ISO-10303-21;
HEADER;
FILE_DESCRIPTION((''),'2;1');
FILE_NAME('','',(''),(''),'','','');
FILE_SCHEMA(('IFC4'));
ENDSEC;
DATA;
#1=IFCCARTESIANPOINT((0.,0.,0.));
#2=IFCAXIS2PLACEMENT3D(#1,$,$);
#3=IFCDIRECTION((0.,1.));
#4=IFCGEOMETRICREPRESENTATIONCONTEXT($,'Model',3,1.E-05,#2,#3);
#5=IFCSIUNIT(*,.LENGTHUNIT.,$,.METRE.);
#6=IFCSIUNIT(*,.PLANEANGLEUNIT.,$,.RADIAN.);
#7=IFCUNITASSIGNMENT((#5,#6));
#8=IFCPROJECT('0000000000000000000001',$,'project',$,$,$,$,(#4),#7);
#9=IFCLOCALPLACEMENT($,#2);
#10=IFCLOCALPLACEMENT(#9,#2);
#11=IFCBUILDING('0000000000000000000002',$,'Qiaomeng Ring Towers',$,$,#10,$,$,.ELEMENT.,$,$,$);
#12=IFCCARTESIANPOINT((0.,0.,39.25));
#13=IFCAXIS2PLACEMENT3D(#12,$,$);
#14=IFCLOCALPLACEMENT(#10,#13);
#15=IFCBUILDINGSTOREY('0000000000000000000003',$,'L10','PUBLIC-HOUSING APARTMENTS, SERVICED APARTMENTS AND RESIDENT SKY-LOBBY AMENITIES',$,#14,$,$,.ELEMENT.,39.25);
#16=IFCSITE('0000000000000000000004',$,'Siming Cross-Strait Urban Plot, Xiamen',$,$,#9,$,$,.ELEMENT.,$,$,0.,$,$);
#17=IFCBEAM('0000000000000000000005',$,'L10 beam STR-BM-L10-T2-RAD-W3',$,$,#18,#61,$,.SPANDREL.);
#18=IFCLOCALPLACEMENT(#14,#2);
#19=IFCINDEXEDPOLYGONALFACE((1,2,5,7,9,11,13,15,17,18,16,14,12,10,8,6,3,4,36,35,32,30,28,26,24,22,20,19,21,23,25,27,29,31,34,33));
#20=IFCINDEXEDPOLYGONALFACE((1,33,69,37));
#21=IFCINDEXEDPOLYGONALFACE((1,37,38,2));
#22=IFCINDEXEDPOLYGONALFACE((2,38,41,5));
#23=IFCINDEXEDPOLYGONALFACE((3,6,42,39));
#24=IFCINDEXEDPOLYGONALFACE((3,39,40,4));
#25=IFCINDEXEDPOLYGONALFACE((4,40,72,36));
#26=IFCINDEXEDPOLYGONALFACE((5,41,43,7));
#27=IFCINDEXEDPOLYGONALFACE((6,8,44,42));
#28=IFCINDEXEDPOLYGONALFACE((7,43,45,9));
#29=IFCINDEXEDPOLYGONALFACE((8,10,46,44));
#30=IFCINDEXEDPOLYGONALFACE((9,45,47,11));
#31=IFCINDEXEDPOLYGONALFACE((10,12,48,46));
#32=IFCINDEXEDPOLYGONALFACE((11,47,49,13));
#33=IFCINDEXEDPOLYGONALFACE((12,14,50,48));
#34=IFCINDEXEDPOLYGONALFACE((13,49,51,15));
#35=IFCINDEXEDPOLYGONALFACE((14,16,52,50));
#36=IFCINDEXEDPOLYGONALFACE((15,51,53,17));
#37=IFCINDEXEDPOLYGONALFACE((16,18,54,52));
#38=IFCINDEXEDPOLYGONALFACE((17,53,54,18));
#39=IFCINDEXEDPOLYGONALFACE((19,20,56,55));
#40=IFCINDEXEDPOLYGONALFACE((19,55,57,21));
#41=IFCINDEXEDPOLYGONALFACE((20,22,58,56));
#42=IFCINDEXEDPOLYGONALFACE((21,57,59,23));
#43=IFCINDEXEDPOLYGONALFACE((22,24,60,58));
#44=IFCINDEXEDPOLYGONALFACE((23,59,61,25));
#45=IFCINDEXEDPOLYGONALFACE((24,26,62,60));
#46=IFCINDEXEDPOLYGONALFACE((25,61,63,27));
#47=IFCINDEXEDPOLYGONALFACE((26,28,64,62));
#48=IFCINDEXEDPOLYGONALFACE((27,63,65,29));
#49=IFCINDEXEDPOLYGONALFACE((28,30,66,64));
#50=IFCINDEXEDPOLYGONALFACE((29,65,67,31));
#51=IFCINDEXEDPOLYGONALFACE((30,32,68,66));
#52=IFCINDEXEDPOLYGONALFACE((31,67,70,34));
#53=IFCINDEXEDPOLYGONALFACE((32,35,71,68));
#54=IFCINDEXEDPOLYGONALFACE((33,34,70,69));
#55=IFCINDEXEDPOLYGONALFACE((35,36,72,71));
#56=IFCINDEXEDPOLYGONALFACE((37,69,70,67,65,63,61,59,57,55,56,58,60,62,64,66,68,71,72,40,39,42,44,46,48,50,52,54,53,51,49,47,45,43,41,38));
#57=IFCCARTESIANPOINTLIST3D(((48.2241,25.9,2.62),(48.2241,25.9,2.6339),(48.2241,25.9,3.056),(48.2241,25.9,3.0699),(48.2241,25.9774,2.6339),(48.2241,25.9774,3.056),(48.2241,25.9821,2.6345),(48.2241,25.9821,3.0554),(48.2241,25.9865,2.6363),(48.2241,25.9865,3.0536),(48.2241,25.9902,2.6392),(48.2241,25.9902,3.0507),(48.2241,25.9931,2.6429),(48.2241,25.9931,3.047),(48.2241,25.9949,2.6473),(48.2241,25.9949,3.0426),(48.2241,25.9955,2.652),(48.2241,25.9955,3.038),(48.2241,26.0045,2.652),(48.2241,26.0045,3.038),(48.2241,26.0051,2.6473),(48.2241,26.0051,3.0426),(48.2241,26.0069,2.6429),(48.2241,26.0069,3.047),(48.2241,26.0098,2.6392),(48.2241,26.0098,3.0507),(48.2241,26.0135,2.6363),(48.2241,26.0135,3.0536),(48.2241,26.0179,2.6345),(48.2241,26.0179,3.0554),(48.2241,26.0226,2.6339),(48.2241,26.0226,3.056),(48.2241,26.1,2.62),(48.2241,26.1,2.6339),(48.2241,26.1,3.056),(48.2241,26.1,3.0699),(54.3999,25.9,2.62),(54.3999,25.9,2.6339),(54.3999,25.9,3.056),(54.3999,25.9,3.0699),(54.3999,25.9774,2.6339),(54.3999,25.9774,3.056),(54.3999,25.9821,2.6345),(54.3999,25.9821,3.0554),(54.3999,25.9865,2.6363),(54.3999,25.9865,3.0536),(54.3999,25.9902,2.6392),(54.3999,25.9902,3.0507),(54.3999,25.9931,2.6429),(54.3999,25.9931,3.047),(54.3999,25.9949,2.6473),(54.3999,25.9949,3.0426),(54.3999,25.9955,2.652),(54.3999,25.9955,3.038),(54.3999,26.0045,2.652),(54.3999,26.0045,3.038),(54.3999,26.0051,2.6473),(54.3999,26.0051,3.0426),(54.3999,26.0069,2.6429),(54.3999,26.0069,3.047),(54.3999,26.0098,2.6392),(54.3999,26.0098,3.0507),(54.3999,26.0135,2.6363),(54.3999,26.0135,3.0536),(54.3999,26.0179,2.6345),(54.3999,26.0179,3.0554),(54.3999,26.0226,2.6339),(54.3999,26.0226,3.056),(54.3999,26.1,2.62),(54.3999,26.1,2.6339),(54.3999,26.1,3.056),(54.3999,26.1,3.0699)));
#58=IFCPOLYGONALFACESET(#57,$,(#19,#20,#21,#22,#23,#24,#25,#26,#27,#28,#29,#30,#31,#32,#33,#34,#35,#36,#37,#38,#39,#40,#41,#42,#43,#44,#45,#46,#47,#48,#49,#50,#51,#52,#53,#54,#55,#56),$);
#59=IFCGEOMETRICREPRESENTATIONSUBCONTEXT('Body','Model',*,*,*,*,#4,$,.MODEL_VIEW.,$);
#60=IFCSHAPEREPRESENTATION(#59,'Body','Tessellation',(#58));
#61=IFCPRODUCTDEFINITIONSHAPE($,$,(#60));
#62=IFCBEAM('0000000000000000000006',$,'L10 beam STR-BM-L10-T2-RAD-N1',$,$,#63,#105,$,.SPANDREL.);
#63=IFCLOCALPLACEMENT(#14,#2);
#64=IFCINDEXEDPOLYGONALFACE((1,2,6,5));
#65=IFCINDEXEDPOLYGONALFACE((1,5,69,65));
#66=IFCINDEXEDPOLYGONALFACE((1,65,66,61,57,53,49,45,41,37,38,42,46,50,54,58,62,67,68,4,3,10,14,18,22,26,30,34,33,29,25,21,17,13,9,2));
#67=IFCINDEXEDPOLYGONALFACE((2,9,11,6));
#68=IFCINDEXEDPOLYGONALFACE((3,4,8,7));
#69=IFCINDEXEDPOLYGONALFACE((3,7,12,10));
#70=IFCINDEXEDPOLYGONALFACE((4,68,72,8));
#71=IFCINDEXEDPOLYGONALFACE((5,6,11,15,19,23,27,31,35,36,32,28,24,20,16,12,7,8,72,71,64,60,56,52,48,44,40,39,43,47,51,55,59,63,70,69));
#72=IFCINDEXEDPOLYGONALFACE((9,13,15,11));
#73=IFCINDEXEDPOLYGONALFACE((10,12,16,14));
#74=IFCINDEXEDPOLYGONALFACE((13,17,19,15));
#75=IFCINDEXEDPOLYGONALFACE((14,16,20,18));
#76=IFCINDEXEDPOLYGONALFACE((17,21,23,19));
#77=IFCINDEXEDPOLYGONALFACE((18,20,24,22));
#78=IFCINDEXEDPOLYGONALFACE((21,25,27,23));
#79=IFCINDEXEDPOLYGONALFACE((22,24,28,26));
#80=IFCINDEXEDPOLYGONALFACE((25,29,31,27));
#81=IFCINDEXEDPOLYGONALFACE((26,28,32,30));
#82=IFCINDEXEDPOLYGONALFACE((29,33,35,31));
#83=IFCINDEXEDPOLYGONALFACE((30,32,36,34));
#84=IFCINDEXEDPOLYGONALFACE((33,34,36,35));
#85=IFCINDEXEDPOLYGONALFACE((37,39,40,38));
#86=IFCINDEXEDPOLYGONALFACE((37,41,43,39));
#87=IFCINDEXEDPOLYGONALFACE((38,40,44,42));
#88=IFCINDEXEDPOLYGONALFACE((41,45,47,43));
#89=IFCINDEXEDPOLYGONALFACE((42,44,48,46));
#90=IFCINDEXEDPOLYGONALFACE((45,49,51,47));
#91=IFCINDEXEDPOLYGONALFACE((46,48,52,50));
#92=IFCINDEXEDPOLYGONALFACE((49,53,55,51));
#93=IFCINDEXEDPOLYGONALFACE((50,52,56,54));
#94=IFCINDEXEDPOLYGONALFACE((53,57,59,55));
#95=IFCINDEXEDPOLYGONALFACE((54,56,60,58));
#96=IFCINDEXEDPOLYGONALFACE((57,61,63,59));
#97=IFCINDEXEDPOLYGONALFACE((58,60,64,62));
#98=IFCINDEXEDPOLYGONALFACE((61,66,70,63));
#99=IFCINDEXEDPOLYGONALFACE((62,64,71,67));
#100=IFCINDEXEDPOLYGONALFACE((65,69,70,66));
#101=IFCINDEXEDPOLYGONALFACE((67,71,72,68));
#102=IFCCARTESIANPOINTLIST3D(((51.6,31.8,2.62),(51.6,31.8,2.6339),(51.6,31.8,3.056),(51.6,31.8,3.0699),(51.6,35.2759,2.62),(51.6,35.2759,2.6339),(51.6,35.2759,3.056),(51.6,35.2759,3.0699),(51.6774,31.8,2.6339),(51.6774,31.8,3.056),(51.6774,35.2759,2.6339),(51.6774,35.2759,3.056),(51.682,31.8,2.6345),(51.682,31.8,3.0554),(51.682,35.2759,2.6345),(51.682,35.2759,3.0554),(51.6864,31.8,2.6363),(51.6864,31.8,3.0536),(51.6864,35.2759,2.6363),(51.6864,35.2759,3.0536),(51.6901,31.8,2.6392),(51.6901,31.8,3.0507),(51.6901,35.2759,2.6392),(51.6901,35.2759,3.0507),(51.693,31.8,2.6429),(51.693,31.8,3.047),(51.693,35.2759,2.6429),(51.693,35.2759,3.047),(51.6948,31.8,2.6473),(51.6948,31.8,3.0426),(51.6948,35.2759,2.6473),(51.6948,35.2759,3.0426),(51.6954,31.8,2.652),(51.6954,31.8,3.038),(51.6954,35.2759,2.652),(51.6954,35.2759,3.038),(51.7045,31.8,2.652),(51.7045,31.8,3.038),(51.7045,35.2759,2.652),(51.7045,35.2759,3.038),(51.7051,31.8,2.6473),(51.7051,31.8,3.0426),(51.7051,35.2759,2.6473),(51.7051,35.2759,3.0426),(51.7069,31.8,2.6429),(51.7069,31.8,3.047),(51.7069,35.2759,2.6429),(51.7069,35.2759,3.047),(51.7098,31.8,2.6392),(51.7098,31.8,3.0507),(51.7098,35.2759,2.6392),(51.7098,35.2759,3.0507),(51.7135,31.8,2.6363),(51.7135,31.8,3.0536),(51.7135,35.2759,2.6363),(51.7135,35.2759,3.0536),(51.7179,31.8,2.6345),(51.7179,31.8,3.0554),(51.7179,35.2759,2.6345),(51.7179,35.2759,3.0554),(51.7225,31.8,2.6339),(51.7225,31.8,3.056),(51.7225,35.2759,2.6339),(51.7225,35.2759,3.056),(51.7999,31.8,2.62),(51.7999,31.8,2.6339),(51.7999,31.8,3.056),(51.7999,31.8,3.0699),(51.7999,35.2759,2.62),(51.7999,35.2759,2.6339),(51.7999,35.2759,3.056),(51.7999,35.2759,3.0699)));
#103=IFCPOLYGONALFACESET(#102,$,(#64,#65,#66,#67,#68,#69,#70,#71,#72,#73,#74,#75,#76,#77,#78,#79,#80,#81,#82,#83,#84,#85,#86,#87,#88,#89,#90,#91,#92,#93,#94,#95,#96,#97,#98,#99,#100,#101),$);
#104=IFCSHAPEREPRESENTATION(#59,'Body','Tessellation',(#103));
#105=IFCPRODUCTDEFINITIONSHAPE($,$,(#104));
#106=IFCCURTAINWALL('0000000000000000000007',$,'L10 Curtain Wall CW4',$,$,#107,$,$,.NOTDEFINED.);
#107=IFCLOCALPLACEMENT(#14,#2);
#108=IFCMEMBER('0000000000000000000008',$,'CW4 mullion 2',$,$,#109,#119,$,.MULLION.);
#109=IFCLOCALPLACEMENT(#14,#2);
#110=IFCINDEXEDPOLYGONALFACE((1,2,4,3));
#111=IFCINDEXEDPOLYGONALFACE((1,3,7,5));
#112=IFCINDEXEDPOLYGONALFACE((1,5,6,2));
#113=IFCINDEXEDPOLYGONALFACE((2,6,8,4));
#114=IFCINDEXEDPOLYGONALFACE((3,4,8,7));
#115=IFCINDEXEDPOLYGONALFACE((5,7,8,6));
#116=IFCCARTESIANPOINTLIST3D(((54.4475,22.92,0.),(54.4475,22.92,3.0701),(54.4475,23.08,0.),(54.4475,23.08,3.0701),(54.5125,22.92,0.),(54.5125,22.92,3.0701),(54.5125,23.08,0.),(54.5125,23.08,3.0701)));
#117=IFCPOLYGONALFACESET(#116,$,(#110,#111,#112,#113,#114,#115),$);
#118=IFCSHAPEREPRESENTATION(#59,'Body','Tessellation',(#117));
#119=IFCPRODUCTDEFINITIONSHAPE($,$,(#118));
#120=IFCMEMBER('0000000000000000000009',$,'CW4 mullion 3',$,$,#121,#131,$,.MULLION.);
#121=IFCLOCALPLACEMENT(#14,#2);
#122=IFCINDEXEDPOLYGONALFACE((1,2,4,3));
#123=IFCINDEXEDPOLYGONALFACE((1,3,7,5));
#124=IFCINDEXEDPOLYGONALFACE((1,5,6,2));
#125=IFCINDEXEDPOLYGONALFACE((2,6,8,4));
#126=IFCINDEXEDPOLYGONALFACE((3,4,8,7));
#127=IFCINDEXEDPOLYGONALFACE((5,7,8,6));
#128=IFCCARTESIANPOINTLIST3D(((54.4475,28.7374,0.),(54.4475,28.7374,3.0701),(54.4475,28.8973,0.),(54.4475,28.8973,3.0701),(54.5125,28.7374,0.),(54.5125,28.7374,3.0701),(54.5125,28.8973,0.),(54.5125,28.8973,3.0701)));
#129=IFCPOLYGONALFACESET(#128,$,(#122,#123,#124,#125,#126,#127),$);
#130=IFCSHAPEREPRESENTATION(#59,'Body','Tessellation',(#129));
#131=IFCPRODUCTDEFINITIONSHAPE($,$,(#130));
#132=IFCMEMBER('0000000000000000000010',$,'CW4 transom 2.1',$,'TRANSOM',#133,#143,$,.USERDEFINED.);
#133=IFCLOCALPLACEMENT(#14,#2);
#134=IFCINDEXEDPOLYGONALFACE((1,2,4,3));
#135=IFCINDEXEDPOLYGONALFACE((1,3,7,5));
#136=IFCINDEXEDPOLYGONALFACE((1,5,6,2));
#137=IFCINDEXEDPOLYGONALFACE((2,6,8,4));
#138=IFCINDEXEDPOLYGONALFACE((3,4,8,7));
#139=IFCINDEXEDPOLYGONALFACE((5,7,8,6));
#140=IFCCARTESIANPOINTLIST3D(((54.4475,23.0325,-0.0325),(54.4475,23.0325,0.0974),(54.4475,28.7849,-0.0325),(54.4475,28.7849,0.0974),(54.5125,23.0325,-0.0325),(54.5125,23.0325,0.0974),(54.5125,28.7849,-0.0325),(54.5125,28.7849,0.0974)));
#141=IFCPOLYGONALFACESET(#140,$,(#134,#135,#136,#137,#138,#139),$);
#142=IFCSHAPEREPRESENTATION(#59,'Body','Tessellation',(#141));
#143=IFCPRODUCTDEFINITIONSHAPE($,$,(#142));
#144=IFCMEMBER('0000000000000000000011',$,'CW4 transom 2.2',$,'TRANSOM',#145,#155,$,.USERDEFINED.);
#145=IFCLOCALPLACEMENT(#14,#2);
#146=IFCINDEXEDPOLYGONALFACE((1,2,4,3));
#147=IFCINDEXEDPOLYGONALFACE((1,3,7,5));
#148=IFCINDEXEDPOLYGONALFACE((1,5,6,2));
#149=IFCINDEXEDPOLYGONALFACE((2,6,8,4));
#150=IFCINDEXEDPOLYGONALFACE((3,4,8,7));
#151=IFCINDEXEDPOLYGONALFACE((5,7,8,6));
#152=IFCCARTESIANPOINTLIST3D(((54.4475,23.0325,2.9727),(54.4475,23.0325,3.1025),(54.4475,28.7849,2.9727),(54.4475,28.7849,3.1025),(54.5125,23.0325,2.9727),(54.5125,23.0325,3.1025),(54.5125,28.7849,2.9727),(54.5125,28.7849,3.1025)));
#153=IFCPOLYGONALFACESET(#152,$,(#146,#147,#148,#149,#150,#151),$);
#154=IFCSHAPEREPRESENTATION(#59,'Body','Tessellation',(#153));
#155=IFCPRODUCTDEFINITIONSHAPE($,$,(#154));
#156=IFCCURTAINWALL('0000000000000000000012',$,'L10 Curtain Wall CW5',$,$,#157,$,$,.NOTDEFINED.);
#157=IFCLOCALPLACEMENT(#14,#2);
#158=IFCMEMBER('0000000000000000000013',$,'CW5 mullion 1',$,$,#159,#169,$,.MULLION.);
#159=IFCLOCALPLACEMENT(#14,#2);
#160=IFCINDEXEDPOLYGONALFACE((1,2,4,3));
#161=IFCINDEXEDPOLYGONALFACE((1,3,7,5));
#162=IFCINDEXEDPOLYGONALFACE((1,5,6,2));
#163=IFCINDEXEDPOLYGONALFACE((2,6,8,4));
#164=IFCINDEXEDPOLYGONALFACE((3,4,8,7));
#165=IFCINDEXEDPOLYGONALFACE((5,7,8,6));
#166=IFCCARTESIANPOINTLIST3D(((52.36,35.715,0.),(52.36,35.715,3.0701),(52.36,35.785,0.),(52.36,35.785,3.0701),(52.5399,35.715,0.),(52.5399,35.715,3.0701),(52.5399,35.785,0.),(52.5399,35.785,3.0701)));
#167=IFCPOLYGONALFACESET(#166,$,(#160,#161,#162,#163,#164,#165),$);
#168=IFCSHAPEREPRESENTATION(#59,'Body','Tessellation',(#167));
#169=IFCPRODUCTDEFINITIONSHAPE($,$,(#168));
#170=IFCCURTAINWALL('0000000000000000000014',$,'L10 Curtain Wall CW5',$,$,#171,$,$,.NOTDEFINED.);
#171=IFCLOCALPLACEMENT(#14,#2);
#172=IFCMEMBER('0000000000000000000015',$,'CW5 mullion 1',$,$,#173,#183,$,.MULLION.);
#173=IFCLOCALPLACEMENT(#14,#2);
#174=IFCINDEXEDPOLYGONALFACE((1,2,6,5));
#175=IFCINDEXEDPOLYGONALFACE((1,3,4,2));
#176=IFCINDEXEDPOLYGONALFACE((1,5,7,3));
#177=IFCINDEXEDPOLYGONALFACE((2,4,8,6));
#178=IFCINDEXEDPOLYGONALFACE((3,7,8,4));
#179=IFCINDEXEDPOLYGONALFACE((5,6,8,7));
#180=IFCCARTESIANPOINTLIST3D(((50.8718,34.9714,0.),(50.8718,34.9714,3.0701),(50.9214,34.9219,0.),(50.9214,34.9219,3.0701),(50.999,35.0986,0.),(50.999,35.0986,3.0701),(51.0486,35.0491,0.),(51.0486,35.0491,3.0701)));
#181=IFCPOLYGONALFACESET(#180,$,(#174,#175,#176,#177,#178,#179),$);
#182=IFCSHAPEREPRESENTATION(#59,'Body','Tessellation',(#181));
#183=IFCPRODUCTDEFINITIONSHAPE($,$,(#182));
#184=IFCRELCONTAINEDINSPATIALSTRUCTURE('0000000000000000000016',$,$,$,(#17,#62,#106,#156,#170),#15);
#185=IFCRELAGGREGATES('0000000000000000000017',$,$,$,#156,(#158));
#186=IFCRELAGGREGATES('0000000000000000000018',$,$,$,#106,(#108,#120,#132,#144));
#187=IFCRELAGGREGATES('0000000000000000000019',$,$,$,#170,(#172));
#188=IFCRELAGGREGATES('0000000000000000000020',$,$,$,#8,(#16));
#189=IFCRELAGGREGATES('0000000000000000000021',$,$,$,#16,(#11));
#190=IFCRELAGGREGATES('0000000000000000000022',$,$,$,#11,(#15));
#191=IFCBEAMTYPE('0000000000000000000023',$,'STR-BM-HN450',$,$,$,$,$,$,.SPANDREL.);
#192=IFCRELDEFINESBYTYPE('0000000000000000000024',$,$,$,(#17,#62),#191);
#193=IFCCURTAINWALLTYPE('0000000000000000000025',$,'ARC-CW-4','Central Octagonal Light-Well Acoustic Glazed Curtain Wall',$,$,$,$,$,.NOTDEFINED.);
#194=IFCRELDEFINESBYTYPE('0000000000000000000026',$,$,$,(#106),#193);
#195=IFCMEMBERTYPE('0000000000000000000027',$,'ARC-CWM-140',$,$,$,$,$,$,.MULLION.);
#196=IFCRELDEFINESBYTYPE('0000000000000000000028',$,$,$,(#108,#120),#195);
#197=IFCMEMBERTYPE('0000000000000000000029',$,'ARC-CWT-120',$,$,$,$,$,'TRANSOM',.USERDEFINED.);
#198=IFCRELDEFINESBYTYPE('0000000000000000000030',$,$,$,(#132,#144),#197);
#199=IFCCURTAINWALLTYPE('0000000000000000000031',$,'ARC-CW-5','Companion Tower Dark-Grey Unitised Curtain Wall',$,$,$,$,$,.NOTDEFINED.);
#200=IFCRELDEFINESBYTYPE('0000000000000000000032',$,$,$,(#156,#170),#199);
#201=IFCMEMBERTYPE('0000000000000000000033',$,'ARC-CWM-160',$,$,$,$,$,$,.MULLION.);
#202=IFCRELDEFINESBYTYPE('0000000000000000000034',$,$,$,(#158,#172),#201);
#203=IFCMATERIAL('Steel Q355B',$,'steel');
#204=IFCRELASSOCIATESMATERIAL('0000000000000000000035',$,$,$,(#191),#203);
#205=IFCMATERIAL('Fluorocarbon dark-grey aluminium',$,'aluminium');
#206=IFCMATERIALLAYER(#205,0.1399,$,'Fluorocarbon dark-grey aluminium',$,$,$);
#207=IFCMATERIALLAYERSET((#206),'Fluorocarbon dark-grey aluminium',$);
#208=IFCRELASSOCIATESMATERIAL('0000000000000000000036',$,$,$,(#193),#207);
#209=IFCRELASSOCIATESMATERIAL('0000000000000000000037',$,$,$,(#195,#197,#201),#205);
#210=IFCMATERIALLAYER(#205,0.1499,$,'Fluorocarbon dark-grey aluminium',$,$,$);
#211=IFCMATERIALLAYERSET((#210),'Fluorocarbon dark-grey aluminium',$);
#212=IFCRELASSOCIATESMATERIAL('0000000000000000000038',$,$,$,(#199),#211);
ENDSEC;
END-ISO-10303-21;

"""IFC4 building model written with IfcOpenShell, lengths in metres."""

from ifc_helpers import new_model, si_unit, direction, frame, origin, origin_2d, place, context, subcontext, project, spatial, rectangle, i_section, extrude, source, transform, mapped, material, layer, layer_set, material_profile, profile_set, type_object, element, aggregate, save


model = new_model("IFC4")

# Units and contexts
model_context = context("Model", 3, precision=1e-05, world=origin(), true_north=direction((0.0, 1.0)))
body_context = subcontext(model_context, "Body", "Model", "MODEL_VIEW")
ifc_project = project(units=[si_unit("LENGTHUNIT", "METRE"), si_unit("PLANEANGLEUNIT", "RADIAN")], contexts=[model_context])

# Site, building, storey
site_placement = place(None, origin())
site = spatial("IfcSite", under=ifc_project, at=site_placement, Name="Siming Cross-Strait Urban Plot, Xiamen", CompositionType="ELEMENT", RefElevation=0.0)
building_placement = place(site_placement, origin())
building = spatial("IfcBuilding", under=site, at=building_placement, Name="Qiaomeng Ring Towers", CompositionType="ELEMENT")
storey_placement = place(building_placement, frame((0.0, 0.0, 39.25)))
storey = spatial("IfcBuildingStorey", under=building, at=storey_placement, Name="L10", Description="PUBLIC-HOUSING APARTMENTS, SERVICED APARTMENTS AND RESIDENT SKY-LOBBY AMENITIES", CompositionType="ELEMENT", Elevation=39.25)

# Beams
ifc_material_1 = material(Name="Steel Q355B", Category="steel")
ifc_material_profile_1 = material_profile(ifc_material_1, i_section(OverallWidth=0.2, OverallDepth=0.45, WebThickness=0.009, FlangeThickness=0.0139, FilletRadius=0.0181, at=origin_2d()), Name="HN 450x200x9x14")
ifc_profile_set_1 = profile_set([ifc_material_profile_1], Name="Steel Q355B")
beam_type_1 = type_object("IfcBeamType", Name="STR-BM-HN450", PredefinedType="SPANDREL", material=ifc_profile_set_1)
shared_shape_1 = source(origin(), body_context, "Body", "SweptSolid", [
    extrude(i_section(OverallWidth=0.2, OverallDepth=0.45, WebThickness=0.009, FlangeThickness=0.0139, FilletRadius=0.0181, at=origin_2d()), origin(), (0.0, 0.0, 1.0), 6.1758),
])
beam_1_placement = place(storey_placement, frame((48.2241, 26.0, 2.845), z_axis=(1.0, 0.0, 0.0), x_axis=(0.0, 1.0, 0.0)))
element("IfcBeam", 1, at=beam_1_placement, inside=storey, type_object=beam_type_1, Name="L10 beam STR-BM-L10-T2-RAD-W3", PredefinedType="SPANDREL", context=body_context, shape_type="MappedRepresentation", body=[
    mapped(shared_shape_1, transform((0.0, 0.0, 0.0), x_axis=(1.0, 0.0, 0.0), y_axis=(0.0, 1.0, 0.0), z_axis=(0.0, 0.0, 1.0), scale=1.0)),
])
shared_shape_2 = source(origin(), body_context, "Body", "SweptSolid", [
    extrude(i_section(OverallWidth=0.2, OverallDepth=0.45, WebThickness=0.009, FlangeThickness=0.0139, FilletRadius=0.0181, at=origin_2d()), origin(), (0.0, 0.0, 1.0), 3.4758),
])
beam_2_placement = place(storey_placement, frame((51.7, 35.2759, 2.845), z_axis=(0.0, -1.0, 0.0), x_axis=(1.0, 0.0, 0.0)))
element("IfcBeam", 2, at=beam_2_placement, inside=storey, type_object=beam_type_1, Name="L10 beam STR-BM-L10-T2-RAD-N1", PredefinedType="SPANDREL", context=body_context, shape_type="MappedRepresentation", body=[
    mapped(shared_shape_2, transform((0.0, 0.0, 0.0), x_axis=(1.0, 0.0, 0.0), y_axis=(0.0, 1.0, 0.0), z_axis=(0.0, 0.0, 1.0), scale=1.0)),
])

# Curtain wall, members
ifc_material_2 = material(Name="Fluorocarbon dark-grey aluminium", Category="aluminium")
ifc_layer_1 = layer(ifc_material_2, 0.1399, Name="Fluorocarbon dark-grey aluminium")
ifc_layer_set_1 = layer_set([ifc_layer_1], Name="Fluorocarbon dark-grey aluminium")
curtain_wall_type_1 = type_object("IfcCurtainWallType", Name="ARC-CW-4", Description="Central Octagonal Light-Well Acoustic Glazed Curtain Wall", PredefinedType="NOTDEFINED", material=ifc_layer_set_1)
curtain_wall_1_placement = place(storey_placement, origin())
curtain_wall_1 = element("IfcCurtainWall", 3, at=curtain_wall_1_placement, inside=storey, type_object=curtain_wall_type_1, Name="L10 Curtain Wall CW4", PredefinedType="NOTDEFINED")
ifc_material_profile_2 = material_profile(ifc_material_2, rectangle(XDim=0.0649, YDim=0.1599, at=origin_2d()), Name="ALU MULL 65x160")
ifc_profile_set_2 = profile_set([ifc_material_profile_2], Name="Fluorocarbon dark-grey aluminium")
member_type_1 = type_object("IfcMemberType", Name="ARC-CWM-140", PredefinedType="MULLION", material=ifc_profile_set_2)
shared_shape_3 = source(origin(), body_context, "Body", "SweptSolid", [
    extrude(rectangle(XDim=0.0649, YDim=0.1599, at=origin_2d()), origin(), (0.0, 0.0, 1.0), 3.0701),
])
member_1_placement = place(storey_placement, frame((54.48, 23.0, 0.0), z_axis=(0.0, 0.0, 1.0), x_axis=(-1.0, 0.0, 0.0)))
member_1 = element("IfcMember", 4, at=member_1_placement, type_object=member_type_1, Name="CW4 mullion 2", PredefinedType="MULLION", context=body_context, shape_type="MappedRepresentation", body=[
    mapped(shared_shape_3, transform((0.0, 0.0, 0.0), x_axis=(1.0, 0.0, 0.0), y_axis=(0.0, 1.0, 0.0), z_axis=(0.0, 0.0, 1.0), scale=1.0)),
])
member_2_placement = place(storey_placement, frame((54.48, 28.8174, 0.0), z_axis=(0.0, 0.0, 1.0), x_axis=(-1.0, 0.0, 0.0)))
member_2 = element("IfcMember", 5, at=member_2_placement, type_object=member_type_1, Name="CW4 mullion 3", PredefinedType="MULLION", context=body_context, shape_type="MappedRepresentation", body=[
    mapped(shared_shape_3, transform((0.0, 0.0, 0.0), x_axis=(1.0, 0.0, 0.0), y_axis=(0.0, 1.0, 0.0), z_axis=(0.0, 0.0, 1.0), scale=1.0)),
])
ifc_material_profile_3 = material_profile(ifc_material_2, rectangle(XDim=0.0649, YDim=0.1299, at=origin_2d()), Name="ALU TRAN 65x130")
ifc_profile_set_3 = profile_set([ifc_material_profile_3], Name="Fluorocarbon dark-grey aluminium")
member_type_2 = type_object("IfcMemberType", Name="ARC-CWT-120", ElementType="TRANSOM", PredefinedType="USERDEFINED", material=ifc_profile_set_3)
shared_shape_4 = source(origin(), body_context, "Body", "SweptSolid", [
    extrude(rectangle(XDim=0.0649, YDim=0.1299, at=origin_2d()), origin(), (0.0, 0.0, 1.0), 5.7524),
])
member_3_placement = place(storey_placement, frame((54.48, 23.0325, 0.0325), z_axis=(0.0, 1.0, 0.0), x_axis=(-1.0, 0.0, 0.0)))
member_3 = element("IfcMember", 6, at=member_3_placement, type_object=member_type_2, Name="CW4 transom 2.1", ObjectType="TRANSOM", PredefinedType="USERDEFINED", context=body_context, shape_type="MappedRepresentation", body=[
    mapped(shared_shape_4, transform((0.0, 0.0, 0.0), x_axis=(1.0, 0.0, 0.0), y_axis=(0.0, 1.0, 0.0), z_axis=(0.0, 0.0, 1.0), scale=1.0)),
])
member_4_placement = place(storey_placement, frame((54.48, 23.0325, 3.0376), z_axis=(0.0, 1.0, 0.0), x_axis=(-1.0, 0.0, 0.0)))
member_4 = element("IfcMember", 7, at=member_4_placement, type_object=member_type_2, Name="CW4 transom 2.2", ObjectType="TRANSOM", PredefinedType="USERDEFINED", context=body_context, shape_type="MappedRepresentation", body=[
    mapped(shared_shape_4, transform((0.0, 0.0, 0.0), x_axis=(1.0, 0.0, 0.0), y_axis=(0.0, 1.0, 0.0), z_axis=(0.0, 0.0, 1.0), scale=1.0)),
])

# Curtain wall, member
ifc_layer_2 = layer(ifc_material_2, 0.1499, Name="Fluorocarbon dark-grey aluminium")
ifc_layer_set_2 = layer_set([ifc_layer_2], Name="Fluorocarbon dark-grey aluminium")
curtain_wall_type_2 = type_object("IfcCurtainWallType", Name="ARC-CW-5", Description="Companion Tower Dark-Grey Unitised Curtain Wall", PredefinedType="NOTDEFINED", material=ifc_layer_set_2)
curtain_wall_2_placement = place(storey_placement, origin())
curtain_wall_2 = element("IfcCurtainWall", 8, at=curtain_wall_2_placement, inside=storey, type_object=curtain_wall_type_2, Name="L10 Curtain Wall CW5", PredefinedType="NOTDEFINED")
ifc_material_profile_4 = material_profile(ifc_material_2, rectangle(XDim=0.0701, YDim=0.1799, at=origin_2d()), Name="ALU MULL 70x180")
ifc_profile_set_4 = profile_set([ifc_material_profile_4], Name="Fluorocarbon dark-grey aluminium")
member_type_3 = type_object("IfcMemberType", Name="ARC-CWM-160", PredefinedType="MULLION", material=ifc_profile_set_4)
shared_shape_5 = source(origin(), body_context, "Body", "SweptSolid", [
    extrude(rectangle(XDim=0.0701, YDim=0.1799, at=origin_2d()), origin(), (0.0, 0.0, 1.0), 3.0701),
])
member_5_placement = place(storey_placement, frame((52.45, 35.75, 0.0), z_axis=(0.0, 0.0, 1.0), x_axis=(0.0, 1.0, 0.0)))
member_5 = element("IfcMember", 9, at=member_5_placement, type_object=member_type_3, Name="CW5 mullion 1", PredefinedType="MULLION", context=body_context, shape_type="MappedRepresentation", body=[
    mapped(shared_shape_5, transform((0.0, 0.0, 0.0), x_axis=(1.0, 0.0, 0.0), y_axis=(0.0, 1.0, 0.0), z_axis=(0.0, 0.0, 1.0), scale=1.0)),
])

# Curtain wall, member
curtain_wall_3_placement = place(storey_placement, origin())
curtain_wall_3 = element("IfcCurtainWall", 10, at=curtain_wall_3_placement, inside=storey, type_object=curtain_wall_type_2, Name="L10 Curtain Wall CW5", PredefinedType="NOTDEFINED")
member_6_placement = place(storey_placement, frame((50.9602, 35.0103, 0.0), z_axis=(0.0, 0.0, 1.0), x_axis=(0.707107, -0.707107, 0.0)))
member_6 = element("IfcMember", 11, at=member_6_placement, type_object=member_type_3, Name="CW5 mullion 1", PredefinedType="MULLION", context=body_context, shape_type="MappedRepresentation", body=[
    mapped(shared_shape_5, transform((0.0, 0.0, 0.0), x_axis=(1.0, 0.0, 0.0), y_axis=(0.0, 1.0, 0.0), z_axis=(0.0, 0.0, 1.0), scale=1.0)),
])

aggregate(curtain_wall_2, [member_5])

aggregate(curtain_wall_1, [member_1, member_2, member_3, member_4])
aggregate(curtain_wall_3, [member_6])

save(model, "model.ifc")
